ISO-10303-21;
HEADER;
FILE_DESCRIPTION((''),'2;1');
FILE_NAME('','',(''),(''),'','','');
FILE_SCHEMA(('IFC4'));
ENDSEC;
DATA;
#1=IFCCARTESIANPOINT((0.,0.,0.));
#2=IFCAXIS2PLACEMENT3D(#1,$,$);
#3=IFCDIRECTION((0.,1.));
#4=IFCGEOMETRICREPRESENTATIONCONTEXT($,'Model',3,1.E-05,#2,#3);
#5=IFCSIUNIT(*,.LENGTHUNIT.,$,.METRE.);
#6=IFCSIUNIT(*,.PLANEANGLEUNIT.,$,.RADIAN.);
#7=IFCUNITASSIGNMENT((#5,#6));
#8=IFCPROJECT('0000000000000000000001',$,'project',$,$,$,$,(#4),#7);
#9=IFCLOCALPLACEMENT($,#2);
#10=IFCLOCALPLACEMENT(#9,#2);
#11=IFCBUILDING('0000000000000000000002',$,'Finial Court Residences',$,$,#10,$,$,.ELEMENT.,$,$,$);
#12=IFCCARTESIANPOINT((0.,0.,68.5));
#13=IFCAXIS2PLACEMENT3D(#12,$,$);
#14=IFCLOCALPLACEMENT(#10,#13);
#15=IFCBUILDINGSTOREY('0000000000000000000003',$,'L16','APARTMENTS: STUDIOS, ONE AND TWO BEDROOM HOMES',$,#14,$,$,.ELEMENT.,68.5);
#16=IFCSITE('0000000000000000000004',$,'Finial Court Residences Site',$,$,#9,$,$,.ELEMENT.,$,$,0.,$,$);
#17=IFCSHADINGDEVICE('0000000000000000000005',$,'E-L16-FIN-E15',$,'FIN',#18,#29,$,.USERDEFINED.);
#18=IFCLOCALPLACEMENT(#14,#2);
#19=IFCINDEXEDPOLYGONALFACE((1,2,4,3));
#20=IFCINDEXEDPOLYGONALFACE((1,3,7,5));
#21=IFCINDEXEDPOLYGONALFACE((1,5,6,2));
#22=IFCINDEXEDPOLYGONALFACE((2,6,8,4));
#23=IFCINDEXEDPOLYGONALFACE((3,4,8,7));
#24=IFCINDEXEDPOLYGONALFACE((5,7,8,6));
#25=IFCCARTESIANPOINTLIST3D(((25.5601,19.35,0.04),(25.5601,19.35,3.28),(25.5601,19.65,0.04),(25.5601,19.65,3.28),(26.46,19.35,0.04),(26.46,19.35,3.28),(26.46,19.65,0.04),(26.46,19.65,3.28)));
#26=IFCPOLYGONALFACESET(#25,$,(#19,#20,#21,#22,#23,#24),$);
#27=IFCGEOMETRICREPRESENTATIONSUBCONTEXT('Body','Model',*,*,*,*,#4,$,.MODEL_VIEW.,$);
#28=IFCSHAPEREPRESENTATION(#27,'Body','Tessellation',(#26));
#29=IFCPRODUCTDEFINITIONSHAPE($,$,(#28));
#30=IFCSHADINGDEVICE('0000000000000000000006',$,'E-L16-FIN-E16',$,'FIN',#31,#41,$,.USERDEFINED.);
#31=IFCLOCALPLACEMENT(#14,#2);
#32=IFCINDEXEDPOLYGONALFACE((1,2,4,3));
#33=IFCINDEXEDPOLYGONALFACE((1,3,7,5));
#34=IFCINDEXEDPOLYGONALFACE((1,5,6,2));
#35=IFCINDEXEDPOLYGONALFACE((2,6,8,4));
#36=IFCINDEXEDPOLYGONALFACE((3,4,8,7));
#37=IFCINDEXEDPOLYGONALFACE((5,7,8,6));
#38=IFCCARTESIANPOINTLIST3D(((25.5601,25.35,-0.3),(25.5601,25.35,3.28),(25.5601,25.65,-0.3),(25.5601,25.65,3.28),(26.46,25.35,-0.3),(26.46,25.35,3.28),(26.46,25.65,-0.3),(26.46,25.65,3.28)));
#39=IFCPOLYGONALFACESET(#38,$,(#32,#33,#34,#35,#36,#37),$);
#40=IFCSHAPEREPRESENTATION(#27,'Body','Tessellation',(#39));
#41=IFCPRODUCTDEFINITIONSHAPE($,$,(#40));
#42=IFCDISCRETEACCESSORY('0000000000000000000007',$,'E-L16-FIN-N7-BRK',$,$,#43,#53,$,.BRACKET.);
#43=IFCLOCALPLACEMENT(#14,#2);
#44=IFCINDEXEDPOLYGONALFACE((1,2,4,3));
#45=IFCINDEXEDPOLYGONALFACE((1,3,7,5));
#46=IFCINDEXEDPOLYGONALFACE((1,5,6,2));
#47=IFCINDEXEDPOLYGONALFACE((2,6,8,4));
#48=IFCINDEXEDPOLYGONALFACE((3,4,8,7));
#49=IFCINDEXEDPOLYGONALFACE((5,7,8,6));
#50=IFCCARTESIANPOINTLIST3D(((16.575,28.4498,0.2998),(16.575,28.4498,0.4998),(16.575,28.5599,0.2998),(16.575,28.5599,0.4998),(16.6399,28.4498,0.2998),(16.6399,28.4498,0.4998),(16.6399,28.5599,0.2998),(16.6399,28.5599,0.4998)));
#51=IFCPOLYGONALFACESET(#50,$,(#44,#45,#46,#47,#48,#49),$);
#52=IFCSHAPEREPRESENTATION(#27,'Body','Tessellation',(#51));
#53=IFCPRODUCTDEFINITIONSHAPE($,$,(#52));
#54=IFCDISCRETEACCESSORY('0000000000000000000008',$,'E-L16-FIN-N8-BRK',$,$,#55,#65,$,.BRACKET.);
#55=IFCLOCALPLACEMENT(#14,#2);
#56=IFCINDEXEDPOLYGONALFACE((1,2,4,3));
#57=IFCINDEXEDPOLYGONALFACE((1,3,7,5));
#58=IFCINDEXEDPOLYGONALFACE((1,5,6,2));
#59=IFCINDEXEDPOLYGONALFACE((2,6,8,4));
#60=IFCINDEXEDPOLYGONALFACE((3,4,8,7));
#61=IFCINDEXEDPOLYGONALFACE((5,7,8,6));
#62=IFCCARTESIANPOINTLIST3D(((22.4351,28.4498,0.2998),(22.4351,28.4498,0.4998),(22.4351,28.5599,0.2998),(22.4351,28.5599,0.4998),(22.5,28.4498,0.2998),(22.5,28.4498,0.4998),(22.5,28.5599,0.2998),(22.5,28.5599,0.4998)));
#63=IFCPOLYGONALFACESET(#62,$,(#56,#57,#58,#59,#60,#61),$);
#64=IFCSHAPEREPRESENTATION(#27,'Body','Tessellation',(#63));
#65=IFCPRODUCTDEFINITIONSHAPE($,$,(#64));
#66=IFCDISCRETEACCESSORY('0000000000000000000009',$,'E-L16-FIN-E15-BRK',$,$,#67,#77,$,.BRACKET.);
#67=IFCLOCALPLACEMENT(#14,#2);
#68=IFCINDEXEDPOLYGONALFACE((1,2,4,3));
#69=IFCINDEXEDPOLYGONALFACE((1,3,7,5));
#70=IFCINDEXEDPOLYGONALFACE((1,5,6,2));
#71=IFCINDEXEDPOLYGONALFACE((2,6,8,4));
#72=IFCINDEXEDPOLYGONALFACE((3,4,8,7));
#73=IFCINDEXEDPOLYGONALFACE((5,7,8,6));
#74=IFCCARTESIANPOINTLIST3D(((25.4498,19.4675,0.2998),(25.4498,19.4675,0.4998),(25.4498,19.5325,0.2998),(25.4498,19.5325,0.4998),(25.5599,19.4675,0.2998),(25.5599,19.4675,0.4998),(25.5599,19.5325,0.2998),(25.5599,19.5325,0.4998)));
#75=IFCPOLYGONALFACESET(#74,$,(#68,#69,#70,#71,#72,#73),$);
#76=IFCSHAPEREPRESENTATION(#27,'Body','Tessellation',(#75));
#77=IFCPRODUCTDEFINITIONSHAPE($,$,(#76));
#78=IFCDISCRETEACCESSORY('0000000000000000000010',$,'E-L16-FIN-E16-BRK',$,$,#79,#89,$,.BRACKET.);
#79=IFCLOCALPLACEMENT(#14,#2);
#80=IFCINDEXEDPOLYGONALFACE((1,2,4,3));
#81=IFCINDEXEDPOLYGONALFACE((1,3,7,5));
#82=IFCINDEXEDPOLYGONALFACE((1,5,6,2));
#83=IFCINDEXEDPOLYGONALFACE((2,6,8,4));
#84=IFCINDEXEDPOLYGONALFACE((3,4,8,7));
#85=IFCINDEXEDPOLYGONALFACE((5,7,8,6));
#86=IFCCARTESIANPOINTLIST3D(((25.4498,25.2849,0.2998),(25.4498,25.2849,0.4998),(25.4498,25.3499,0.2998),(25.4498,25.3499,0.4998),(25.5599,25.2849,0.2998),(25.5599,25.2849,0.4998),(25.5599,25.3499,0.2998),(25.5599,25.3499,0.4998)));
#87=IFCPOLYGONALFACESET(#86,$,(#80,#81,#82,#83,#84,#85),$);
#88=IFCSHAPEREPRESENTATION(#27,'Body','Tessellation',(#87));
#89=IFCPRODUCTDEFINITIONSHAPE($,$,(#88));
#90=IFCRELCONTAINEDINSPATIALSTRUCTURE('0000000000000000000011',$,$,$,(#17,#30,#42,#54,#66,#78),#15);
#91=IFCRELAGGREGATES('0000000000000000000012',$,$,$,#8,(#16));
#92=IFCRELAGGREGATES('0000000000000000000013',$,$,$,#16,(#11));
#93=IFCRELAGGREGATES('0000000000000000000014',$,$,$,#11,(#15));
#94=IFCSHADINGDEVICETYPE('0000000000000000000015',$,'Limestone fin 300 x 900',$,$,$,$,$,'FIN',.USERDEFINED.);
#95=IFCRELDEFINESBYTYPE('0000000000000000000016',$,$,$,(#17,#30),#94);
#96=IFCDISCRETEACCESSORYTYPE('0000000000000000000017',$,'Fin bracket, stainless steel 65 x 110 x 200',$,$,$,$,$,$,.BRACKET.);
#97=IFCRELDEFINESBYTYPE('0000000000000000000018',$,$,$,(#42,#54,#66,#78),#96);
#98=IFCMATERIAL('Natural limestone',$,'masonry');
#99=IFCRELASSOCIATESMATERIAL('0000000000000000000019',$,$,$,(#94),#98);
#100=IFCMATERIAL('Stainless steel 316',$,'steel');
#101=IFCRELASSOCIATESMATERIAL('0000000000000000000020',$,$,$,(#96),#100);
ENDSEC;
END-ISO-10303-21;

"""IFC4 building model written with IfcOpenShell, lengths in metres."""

from ifc_helpers import new_model, si_unit, direction, frame, origin, origin_2d, place, context, subcontext, project, spatial, rectangle, extrude, material, type_object, element, save


model = new_model("IFC4")

# Units and contexts
model_context = context("Model", 3, precision=1e-05, world=origin(), true_north=direction((0.0, 1.0)))
body_context = subcontext(model_context, "Body", "Model", "MODEL_VIEW")
ifc_project = project(units=[si_unit("LENGTHUNIT", "METRE"), si_unit("PLANEANGLEUNIT", "RADIAN")], contexts=[model_context])

# Site, building, storey
site_placement = place(None, origin())
site = spatial("IfcSite", under=ifc_project, at=site_placement, Name="Finial Court Residences Site", CompositionType="ELEMENT", RefElevation=0.0)
building_placement = place(site_placement, origin())
building = spatial("IfcBuilding", under=site, at=building_placement, Name="Finial Court Residences", CompositionType="ELEMENT")
storey_placement = place(building_placement, frame((0.0, 0.0, 68.5)))
storey = spatial("IfcBuildingStorey", under=building, at=storey_placement, Name="L16", Description="APARTMENTS: STUDIOS, ONE AND TWO BEDROOM HOMES", CompositionType="ELEMENT", Elevation=68.5)

# Shared definitions
ifc_material_1 = material(Name="Natural limestone", Category="masonry")

# Shading devices
shading_device_type = type_object("IfcShadingDeviceType", Name="Limestone fin 300 x 900", ElementType="FIN", PredefinedType="USERDEFINED", material=ifc_material_1)
shading_device_1_placement = place(storey_placement, frame((26.01, 19.5, 0.04), z_axis=(0.0, 0.0, 1.0), x_axis=(1.0, 0.0, 0.0)))
element("IfcShadingDevice", 1, at=shading_device_1_placement, inside=storey, type_object=shading_device_type, Name="E-L16-FIN-E15", ObjectType="FIN", PredefinedType="USERDEFINED", context=body_context, shape_type="SweptSolid", body=[
    extrude(rectangle(XDim=0.8999, YDim=0.3, at=origin_2d()), origin(), (0.0, 0.0, 1.0), 3.24),
])
shading_device_2_placement = place(storey_placement, frame((26.01, 25.5, -0.3), z_axis=(0.0, 0.0, 1.0), x_axis=(1.0, 0.0, 0.0)))
element("IfcShadingDevice", 2, at=shading_device_2_placement, inside=storey, type_object=shading_device_type, Name="E-L16-FIN-E16", ObjectType="FIN", PredefinedType="USERDEFINED", context=body_context, shape_type="SweptSolid", body=[
    extrude(rectangle(XDim=0.8999, YDim=0.3, at=origin_2d()), origin(), (0.0, 0.0, 1.0), 3.5801),
])

# Discrete accessories
ifc_material_2 = material(Name="Stainless steel 316", Category="steel")
discrete_accessory_type = type_object("IfcDiscreteAccessoryType", Name="Fin bracket, stainless steel 65 x 110 x 200", PredefinedType="BRACKET", material=ifc_material_2)
for number, where, z_axis, x_axis, name in (
    (3, (16.6074, 28.5049, 0.2998), (0.0, 0.0, 1.0), (1.0, 0.0, 0.0), "E-L16-FIN-N7-BRK"),
    (4, (22.4675, 28.5049, 0.2998), (0.0, 0.0, 1.0), (1.0, 0.0, 0.0), "E-L16-FIN-N8-BRK"),
):
    element("IfcDiscreteAccessory", number, at=place(storey_placement, frame(where, z_axis=z_axis, x_axis=x_axis)), inside=storey, type_object=discrete_accessory_type, Name=name, PredefinedType="BRACKET", context=body_context, shape_type="SweptSolid", body=[
        extrude(rectangle(XDim=0.0649, YDim=0.1101, at=origin_2d()), origin(), (0.0, 0.0, 1.0), 0.2),
    ])
for number, where, z_axis, x_axis, name in (
    (5, (25.5049, 19.5, 0.2998), (0.0, 0.0, 1.0), (1.0, 0.0, 0.0), "E-L16-FIN-E15-BRK"),
    (6, (25.5049, 25.3174, 0.2998), (0.0, 0.0, 1.0), (1.0, 0.0, 0.0), "E-L16-FIN-E16-BRK"),
):
    element("IfcDiscreteAccessory", number, at=place(storey_placement, frame(where, z_axis=z_axis, x_axis=x_axis)), inside=storey, type_object=discrete_accessory_type, Name=name, PredefinedType="BRACKET", context=body_context, shape_type="SweptSolid", body=[
        extrude(rectangle(XDim=0.1101, YDim=0.0649, at=origin_2d()), origin(), (0.0, 0.0, 1.0), 0.2),
    ])

save(model, "model.ifc")
